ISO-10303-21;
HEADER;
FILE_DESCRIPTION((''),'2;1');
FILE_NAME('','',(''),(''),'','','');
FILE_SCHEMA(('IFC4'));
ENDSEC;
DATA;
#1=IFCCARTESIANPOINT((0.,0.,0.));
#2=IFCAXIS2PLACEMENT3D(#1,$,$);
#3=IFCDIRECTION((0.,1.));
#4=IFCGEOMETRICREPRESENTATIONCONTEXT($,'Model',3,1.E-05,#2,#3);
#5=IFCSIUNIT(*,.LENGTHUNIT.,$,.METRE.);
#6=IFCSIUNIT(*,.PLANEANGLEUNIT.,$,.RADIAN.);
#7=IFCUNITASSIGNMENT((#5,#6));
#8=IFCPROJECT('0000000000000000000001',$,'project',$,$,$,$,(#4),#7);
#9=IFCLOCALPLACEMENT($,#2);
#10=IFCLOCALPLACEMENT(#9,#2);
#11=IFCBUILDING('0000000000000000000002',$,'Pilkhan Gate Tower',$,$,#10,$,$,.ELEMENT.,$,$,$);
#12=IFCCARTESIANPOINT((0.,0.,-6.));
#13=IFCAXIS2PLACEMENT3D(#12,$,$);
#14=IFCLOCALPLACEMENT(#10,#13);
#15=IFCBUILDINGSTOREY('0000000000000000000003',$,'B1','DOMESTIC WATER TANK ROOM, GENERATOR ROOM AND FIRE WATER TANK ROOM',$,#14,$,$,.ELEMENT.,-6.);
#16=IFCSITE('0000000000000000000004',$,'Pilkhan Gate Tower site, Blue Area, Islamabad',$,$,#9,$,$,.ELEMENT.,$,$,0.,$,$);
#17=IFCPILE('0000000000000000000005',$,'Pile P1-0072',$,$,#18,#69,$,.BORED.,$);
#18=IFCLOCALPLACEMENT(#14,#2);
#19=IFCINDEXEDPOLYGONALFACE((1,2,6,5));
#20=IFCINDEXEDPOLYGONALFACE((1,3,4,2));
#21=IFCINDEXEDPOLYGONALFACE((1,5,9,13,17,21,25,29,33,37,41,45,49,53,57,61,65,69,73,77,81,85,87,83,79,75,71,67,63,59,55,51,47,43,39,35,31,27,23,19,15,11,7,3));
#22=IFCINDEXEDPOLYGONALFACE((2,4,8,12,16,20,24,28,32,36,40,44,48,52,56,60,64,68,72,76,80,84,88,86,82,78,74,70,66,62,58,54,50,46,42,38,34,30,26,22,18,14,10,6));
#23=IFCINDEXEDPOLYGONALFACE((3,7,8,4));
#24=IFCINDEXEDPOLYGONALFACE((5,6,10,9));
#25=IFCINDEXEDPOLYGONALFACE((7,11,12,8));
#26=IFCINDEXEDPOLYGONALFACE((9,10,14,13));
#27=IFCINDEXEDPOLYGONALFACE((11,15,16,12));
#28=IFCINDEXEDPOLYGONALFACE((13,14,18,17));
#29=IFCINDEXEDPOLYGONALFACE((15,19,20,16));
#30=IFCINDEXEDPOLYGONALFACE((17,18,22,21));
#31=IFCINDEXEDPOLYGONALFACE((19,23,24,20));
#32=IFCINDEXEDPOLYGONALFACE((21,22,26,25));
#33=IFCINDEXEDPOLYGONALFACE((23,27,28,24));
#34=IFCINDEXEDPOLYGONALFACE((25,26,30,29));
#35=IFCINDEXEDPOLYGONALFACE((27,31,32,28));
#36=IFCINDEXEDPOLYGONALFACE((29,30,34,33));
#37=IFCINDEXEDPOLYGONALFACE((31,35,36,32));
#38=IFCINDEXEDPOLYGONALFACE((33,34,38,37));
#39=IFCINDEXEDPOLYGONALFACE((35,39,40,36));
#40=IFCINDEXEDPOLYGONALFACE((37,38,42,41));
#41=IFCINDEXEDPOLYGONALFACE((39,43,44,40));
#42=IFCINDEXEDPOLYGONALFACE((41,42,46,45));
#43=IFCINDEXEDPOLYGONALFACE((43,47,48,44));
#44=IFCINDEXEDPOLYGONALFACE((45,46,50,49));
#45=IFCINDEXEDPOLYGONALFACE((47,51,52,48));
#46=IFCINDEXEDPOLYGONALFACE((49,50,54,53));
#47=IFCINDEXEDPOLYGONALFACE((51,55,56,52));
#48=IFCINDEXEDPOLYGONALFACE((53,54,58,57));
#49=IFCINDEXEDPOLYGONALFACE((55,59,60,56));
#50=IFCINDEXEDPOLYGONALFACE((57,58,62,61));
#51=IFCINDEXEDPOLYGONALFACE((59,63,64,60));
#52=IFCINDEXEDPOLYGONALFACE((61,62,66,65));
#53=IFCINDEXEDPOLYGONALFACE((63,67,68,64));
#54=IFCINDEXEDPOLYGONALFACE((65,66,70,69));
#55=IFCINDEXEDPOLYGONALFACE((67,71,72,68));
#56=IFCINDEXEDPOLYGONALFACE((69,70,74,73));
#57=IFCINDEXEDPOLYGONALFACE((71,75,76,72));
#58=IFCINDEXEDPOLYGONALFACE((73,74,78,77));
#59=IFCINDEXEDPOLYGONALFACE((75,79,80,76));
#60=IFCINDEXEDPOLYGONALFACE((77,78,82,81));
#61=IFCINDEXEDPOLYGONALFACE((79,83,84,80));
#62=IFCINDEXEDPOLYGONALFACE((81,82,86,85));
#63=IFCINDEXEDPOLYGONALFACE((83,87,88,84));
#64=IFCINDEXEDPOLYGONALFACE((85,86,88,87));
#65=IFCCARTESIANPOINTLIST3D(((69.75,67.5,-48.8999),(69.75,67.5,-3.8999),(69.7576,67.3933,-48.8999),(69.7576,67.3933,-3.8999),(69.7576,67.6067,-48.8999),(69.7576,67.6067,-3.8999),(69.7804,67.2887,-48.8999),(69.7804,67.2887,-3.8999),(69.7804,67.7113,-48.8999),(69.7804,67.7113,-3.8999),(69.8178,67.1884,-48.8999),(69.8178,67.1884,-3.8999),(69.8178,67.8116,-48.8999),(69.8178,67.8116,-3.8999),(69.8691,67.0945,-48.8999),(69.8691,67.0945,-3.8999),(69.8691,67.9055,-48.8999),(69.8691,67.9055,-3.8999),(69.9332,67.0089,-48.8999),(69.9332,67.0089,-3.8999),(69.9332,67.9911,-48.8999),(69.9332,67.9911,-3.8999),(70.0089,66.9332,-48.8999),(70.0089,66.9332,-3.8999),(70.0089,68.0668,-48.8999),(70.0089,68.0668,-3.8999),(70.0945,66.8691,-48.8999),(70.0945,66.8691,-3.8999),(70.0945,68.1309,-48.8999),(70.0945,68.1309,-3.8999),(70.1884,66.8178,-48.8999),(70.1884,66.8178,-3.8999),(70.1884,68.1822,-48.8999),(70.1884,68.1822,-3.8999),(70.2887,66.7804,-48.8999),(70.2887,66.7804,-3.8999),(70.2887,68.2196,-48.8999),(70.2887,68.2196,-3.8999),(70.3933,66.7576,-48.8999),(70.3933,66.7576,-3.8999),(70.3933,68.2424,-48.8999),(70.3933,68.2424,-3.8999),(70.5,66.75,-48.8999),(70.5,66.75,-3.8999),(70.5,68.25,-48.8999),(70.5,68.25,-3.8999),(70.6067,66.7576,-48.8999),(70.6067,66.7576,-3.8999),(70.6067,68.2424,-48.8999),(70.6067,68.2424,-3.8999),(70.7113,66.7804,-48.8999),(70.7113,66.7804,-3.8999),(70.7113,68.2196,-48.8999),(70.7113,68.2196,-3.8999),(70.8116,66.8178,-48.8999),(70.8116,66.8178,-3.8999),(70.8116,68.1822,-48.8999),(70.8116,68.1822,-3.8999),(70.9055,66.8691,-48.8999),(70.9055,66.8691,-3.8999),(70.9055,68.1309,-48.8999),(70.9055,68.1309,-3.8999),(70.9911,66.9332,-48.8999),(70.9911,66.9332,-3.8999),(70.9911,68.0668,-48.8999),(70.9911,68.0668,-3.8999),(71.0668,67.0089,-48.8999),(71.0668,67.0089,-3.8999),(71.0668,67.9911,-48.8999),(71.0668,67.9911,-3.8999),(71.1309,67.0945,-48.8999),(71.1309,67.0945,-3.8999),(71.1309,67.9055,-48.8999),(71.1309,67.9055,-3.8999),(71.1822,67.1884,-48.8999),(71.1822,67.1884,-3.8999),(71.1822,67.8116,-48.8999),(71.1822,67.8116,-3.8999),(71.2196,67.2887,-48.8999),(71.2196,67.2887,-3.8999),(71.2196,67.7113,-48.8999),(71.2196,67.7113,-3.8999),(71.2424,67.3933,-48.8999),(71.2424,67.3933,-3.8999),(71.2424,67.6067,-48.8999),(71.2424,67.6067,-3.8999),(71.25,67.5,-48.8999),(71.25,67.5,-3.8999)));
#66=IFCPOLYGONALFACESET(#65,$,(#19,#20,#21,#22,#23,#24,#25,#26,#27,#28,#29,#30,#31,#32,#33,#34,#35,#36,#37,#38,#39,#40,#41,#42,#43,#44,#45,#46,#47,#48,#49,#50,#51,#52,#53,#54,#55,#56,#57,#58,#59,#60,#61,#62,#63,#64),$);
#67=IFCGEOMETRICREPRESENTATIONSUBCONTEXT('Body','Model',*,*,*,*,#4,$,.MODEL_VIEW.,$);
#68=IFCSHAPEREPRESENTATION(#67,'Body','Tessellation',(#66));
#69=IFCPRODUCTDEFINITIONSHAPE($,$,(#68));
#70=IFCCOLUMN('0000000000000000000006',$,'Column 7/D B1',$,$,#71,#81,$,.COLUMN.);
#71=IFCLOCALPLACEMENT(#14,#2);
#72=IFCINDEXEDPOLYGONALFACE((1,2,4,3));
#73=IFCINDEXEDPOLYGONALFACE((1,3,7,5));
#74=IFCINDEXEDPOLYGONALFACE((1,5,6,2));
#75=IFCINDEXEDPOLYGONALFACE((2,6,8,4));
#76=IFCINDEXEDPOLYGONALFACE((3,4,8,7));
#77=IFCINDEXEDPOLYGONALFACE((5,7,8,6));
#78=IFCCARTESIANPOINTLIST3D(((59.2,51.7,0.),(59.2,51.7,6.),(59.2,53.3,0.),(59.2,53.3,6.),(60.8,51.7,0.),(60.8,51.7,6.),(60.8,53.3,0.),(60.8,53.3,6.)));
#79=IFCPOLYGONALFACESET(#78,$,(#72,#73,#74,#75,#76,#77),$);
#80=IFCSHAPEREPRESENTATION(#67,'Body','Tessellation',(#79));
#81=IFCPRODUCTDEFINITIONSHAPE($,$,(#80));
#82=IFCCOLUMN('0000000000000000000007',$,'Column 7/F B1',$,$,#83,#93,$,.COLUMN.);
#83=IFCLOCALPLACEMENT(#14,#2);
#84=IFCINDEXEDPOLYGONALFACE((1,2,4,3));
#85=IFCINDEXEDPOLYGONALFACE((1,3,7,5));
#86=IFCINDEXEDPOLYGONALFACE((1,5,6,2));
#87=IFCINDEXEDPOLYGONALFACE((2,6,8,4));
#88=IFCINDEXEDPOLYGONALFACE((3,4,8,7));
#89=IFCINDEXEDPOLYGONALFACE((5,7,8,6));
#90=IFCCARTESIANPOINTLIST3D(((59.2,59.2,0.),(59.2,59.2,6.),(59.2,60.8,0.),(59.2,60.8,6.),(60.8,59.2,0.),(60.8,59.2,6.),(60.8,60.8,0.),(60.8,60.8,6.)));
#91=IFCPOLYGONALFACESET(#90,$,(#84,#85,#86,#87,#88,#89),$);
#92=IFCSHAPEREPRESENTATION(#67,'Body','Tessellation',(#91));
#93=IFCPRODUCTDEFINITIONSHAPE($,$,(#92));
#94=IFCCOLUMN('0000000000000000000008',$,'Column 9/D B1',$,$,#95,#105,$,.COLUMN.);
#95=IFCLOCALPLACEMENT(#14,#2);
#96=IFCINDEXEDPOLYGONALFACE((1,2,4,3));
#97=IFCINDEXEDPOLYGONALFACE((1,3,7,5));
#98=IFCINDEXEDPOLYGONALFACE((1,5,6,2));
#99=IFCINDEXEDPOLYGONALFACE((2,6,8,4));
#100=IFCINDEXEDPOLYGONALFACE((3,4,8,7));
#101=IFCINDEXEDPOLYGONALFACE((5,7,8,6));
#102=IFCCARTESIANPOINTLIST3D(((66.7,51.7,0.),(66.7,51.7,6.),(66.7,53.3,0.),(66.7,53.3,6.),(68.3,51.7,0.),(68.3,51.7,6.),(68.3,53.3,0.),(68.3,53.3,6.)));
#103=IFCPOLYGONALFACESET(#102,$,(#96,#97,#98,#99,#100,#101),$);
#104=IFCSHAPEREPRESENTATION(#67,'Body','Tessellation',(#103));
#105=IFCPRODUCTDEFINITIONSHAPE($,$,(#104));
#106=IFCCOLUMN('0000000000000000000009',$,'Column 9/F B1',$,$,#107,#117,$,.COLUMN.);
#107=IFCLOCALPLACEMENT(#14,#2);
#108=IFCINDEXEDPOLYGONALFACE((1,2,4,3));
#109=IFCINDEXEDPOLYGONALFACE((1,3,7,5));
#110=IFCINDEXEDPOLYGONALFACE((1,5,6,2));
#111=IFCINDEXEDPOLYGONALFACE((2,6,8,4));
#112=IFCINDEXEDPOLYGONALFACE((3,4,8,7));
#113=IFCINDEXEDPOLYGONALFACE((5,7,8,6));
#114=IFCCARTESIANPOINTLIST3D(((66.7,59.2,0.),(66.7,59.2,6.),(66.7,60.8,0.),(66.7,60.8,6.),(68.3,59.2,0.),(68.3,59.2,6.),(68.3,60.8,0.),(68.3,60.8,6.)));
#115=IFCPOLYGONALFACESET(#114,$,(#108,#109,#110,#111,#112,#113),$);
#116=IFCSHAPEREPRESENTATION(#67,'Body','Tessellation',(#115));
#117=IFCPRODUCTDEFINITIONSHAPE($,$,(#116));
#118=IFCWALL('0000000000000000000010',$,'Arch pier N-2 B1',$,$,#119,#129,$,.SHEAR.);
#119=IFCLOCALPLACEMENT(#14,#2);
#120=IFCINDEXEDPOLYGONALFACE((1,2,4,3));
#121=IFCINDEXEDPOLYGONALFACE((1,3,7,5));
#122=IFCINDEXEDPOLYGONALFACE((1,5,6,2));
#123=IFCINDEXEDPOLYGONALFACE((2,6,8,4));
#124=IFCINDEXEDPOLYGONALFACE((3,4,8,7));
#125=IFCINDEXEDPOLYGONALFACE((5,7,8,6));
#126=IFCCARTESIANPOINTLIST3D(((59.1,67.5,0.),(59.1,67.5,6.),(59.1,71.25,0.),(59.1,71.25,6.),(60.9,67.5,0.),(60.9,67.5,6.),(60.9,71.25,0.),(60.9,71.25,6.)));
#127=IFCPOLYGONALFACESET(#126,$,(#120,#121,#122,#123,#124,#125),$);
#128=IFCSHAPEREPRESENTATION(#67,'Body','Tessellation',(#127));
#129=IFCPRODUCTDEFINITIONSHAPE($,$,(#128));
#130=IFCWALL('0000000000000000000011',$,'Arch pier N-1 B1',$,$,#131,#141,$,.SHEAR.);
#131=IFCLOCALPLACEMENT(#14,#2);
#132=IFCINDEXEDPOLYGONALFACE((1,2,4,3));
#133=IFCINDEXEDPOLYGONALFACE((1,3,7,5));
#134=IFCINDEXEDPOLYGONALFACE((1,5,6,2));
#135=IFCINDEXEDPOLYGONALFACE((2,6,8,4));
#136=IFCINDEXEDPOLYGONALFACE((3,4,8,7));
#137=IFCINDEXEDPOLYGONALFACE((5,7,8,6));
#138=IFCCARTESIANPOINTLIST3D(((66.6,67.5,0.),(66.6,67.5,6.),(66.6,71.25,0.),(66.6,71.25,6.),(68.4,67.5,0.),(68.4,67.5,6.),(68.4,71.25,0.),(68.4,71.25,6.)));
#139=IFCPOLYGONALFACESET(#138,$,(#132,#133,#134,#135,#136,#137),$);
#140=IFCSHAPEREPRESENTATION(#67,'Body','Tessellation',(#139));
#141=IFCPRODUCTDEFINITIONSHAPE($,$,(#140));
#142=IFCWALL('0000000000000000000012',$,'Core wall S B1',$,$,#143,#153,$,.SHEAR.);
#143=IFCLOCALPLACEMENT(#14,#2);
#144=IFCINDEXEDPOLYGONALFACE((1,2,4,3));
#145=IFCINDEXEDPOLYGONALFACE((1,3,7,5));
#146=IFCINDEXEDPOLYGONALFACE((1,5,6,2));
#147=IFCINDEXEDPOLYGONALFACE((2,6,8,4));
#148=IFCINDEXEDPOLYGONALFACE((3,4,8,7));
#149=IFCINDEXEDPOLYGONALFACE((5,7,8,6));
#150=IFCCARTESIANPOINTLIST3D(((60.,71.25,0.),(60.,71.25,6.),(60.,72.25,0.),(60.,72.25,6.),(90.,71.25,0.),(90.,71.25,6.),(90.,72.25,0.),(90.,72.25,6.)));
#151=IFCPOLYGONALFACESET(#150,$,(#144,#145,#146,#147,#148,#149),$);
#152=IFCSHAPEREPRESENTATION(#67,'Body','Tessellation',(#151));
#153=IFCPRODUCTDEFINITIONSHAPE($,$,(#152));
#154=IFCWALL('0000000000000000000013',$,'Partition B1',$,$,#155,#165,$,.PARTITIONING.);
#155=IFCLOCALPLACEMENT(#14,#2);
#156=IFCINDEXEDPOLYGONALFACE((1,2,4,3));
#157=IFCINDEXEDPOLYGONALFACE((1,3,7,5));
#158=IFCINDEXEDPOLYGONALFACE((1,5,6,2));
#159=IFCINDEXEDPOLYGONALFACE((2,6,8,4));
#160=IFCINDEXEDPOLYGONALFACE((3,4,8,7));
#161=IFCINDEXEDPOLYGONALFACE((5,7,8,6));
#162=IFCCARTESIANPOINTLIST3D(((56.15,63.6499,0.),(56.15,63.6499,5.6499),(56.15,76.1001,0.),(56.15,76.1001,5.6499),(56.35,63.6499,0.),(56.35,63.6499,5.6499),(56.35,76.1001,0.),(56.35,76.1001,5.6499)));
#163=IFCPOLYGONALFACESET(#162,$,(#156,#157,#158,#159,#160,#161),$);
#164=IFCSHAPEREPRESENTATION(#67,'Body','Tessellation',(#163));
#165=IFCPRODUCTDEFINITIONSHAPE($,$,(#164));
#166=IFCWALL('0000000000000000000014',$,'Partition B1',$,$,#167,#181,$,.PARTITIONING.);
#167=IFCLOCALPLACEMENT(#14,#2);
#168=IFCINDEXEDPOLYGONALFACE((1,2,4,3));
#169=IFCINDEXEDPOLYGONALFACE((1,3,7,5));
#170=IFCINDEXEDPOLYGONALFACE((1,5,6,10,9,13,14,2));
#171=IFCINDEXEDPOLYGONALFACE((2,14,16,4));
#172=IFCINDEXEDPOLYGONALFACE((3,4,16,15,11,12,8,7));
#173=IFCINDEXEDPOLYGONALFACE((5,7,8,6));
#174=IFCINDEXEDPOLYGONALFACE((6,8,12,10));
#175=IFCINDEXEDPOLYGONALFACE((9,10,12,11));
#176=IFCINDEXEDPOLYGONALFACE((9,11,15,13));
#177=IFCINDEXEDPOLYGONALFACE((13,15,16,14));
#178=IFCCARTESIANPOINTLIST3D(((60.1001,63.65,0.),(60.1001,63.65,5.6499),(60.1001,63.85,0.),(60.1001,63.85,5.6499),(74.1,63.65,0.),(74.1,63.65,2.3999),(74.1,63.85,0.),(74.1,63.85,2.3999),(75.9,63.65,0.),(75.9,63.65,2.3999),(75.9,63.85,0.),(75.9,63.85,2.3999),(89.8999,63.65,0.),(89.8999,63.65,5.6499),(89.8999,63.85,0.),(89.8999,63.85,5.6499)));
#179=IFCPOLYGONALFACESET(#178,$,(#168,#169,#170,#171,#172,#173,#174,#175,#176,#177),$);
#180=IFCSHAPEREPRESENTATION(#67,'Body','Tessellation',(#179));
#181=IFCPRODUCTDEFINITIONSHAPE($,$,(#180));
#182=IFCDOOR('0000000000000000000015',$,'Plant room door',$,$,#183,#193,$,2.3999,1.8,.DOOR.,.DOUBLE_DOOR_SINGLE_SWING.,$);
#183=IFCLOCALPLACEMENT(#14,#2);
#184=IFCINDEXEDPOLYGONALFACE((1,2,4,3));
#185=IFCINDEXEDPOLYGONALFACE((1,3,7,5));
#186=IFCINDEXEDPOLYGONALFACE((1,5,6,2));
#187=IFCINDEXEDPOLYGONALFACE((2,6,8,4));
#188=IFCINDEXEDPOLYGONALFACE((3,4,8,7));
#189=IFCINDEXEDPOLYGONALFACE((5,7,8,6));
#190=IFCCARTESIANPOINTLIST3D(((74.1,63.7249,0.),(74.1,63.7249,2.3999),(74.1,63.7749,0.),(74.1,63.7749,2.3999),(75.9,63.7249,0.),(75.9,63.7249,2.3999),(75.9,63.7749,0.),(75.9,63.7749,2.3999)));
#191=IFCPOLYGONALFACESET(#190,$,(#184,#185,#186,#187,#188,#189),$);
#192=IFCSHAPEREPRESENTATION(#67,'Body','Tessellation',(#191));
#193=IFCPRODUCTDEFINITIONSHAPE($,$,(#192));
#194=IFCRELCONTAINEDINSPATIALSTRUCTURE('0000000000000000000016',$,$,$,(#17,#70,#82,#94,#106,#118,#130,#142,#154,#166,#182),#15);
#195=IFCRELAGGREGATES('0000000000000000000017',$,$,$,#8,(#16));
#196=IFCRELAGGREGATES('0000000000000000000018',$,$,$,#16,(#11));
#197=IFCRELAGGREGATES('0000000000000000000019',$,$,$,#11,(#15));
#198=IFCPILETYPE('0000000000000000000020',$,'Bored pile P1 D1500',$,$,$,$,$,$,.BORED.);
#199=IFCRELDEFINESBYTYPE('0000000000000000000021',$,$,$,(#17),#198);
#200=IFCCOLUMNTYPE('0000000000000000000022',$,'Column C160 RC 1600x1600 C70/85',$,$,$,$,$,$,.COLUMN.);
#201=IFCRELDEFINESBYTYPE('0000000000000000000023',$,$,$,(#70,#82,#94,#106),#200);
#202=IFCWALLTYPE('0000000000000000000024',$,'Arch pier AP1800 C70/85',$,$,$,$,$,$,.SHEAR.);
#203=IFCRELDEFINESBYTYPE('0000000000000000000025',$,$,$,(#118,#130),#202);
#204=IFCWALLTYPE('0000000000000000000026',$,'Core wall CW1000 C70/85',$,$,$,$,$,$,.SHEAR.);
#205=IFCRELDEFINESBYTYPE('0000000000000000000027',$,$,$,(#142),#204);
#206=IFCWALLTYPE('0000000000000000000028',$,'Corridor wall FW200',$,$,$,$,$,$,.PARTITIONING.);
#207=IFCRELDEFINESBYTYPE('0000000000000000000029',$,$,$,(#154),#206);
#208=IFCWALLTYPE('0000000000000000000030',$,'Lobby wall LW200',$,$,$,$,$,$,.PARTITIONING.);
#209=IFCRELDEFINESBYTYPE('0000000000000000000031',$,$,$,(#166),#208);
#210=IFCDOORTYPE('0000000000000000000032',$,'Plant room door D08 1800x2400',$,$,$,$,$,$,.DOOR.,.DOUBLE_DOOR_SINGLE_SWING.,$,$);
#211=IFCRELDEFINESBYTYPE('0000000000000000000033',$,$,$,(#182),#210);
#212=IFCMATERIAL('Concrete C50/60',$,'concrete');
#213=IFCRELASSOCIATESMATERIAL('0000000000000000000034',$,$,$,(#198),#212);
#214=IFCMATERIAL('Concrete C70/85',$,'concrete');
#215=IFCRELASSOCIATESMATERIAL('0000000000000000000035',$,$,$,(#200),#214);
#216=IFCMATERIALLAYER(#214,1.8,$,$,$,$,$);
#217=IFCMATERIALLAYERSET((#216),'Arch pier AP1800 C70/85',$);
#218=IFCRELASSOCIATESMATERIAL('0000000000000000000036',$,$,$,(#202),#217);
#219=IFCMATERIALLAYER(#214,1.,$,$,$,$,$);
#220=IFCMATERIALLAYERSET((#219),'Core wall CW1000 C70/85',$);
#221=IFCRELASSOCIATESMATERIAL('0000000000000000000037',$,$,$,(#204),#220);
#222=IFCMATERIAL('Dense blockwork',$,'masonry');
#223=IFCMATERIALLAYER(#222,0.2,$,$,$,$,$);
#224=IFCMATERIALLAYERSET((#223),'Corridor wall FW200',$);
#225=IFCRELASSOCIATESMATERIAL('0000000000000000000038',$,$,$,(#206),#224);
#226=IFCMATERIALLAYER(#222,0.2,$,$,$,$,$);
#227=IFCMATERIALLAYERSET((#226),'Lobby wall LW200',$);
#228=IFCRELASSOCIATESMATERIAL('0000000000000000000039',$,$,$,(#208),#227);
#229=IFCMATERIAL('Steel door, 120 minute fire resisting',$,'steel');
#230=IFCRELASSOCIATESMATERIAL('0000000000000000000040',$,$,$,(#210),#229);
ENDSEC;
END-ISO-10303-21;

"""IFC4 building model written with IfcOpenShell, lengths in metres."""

from ifc_helpers import new_model, si_unit, direction, frame, frame_2d, origin, origin_2d, place, context, subcontext, project, spatial, rectangle, circle, extrude, material, layer, layer_set, material_profile, profile_set, type_object, element, fill, save


model = new_model("IFC4")

# Units and contexts
model_context = context("Model", 3, precision=1e-05, world=origin(), true_north=direction((0.0, 1.0)))
body_context = subcontext(model_context, "Body", "Model", "MODEL_VIEW")
ifc_project = project(units=[si_unit("LENGTHUNIT", "METRE"), si_unit("PLANEANGLEUNIT", "RADIAN")], contexts=[model_context])

# Site, building, storey
site_placement = place(None, origin())
site = spatial("IfcSite", under=ifc_project, at=site_placement, Name="Pilkhan Gate Tower site, Blue Area, Islamabad", CompositionType="ELEMENT", RefElevation=0.0)
building_placement = place(site_placement, origin())
building = spatial("IfcBuilding", under=site, at=building_placement, Name="Pilkhan Gate Tower", CompositionType="ELEMENT")
storey_placement = place(building_placement, frame((0.0, 0.0, -6.0)))
storey = spatial("IfcBuildingStorey", under=building, at=storey_placement, Name="B1", Description="DOMESTIC WATER TANK ROOM, GENERATOR ROOM AND FIRE WATER TANK ROOM", CompositionType="ELEMENT", Elevation=-6.0)

# Pile
ifc_material_1 = material(Name="Concrete C50/60", Category="concrete")
ifc_material_profile_1 = material_profile(ifc_material_1, circle(Radius=0.75, at=origin_2d()), Name="Bored pile 1500 dia")
ifc_profile_set_1 = profile_set([ifc_material_profile_1], Name="Concrete C50/60")
pile_type = type_object("IfcPileType", Name="Bored pile P1 D1500", PredefinedType="BORED", material=ifc_profile_set_1)
for number, where, z_axis, x_axis, name in (
    (1, (70.5, 67.5, -3.8999), (0.0, 0.0, -1.0), (1.0, 0.0, 0.0), "Pile P1-0072"),
):
    element("IfcPile", number, at=place(storey_placement, frame(where, z_axis=z_axis, x_axis=x_axis)), inside=storey, type_object=pile_type, Name=name, PredefinedType="BORED", context=body_context, shape_type="SweptSolid", body=[
        extrude(circle(Radius=0.75, at=origin_2d()), origin(), (0.0, 0.0, 1.0), 45.0),
    ])

# Columns
ifc_material_2 = material(Name="Concrete C70/85", Category="concrete")
ifc_material_profile_2 = material_profile(ifc_material_2, rectangle(XDim=1.6001, YDim=1.6001, at=origin_2d()), Name="RC 1600x1600")
ifc_profile_set_2 = profile_set([ifc_material_profile_2], Name="Concrete C70/85")
column_type = type_object("IfcColumnType", Name="Column C160 RC 1600x1600 C70/85", PredefinedType="COLUMN", material=ifc_profile_set_2)
for number, where, z_axis, x_axis, name in (
    (2, (60.0, 52.5, 0.0), (0.0, 0.0, 1.0), (1.0, 0.0, 0.0), "Column 7/D B1"),
    (3, (60.0, 60.0, 0.0), (0.0, 0.0, 1.0), (1.0, 0.0, 0.0), "Column 7/F B1"),
    (4, (67.5, 52.5, 0.0), (0.0, 0.0, 1.0), (1.0, 0.0, 0.0), "Column 9/D B1"),
    (5, (67.5, 60.0, 0.0), (0.0, 0.0, 1.0), (1.0, 0.0, 0.0), "Column 9/F B1"),
):
    element("IfcColumn", number, at=place(storey_placement, frame(where, z_axis=z_axis, x_axis=x_axis)), inside=storey, type_object=column_type, Name=name, PredefinedType="COLUMN", context=body_context, shape_type="SweptSolid", body=[
        extrude(rectangle(XDim=1.6001, YDim=1.6001, at=origin_2d()), origin(), (0.0, 0.0, 1.0), 6.0),
    ])

# Walls
ifc_layer_1 = layer(ifc_material_2, 1.8)
ifc_layer_set_1 = layer_set([ifc_layer_1], Name="Arch pier AP1800 C70/85")
wall_type_1 = type_object("IfcWallType", Name="Arch pier AP1800 C70/85", PredefinedType="SHEAR", material=ifc_layer_set_1)
for number, where, z_axis, x_axis, name in (
    (6, (60.0, 67.5, 0.0), (0.0, 0.0, 1.0), (0.0, 1.0, 0.0), "Arch pier N-2 B1"),
    (7, (67.5, 67.5, 0.0), (0.0, 0.0, 1.0), (0.0, 1.0, 0.0), "Arch pier N-1 B1"),
):
    element("IfcWall", number, at=place(storey_placement, frame(where, z_axis=z_axis, x_axis=x_axis)), inside=storey, type_object=wall_type_1, Name=name, PredefinedType="SHEAR", context=body_context, shape_type="SweptSolid", body=[
        extrude(rectangle(XDim=3.75, YDim=1.8, at=frame_2d((1.875, 0.0))), origin(), (0.0, 0.0, 1.0), 6.0),
    ])
ifc_layer_2 = layer(ifc_material_2, 1.0)
ifc_layer_set_2 = layer_set([ifc_layer_2], Name="Core wall CW1000 C70/85")
wall_type_2 = type_object("IfcWallType", Name="Core wall CW1000 C70/85", PredefinedType="SHEAR", material=ifc_layer_set_2)
wall_1_placement = place(storey_placement, frame((60.0, 71.75, 0.0), z_axis=(0.0, 0.0, 1.0), x_axis=(1.0, 0.0, 0.0)))
element("IfcWall", 8, at=wall_1_placement, inside=storey, type_object=wall_type_2, Name="Core wall S B1", PredefinedType="SHEAR", context=body_context, shape_type="SweptSolid", body=[
    extrude(rectangle(XDim=30.0, YDim=1.0, at=frame_2d((15.0, 0.0))), origin(), (0.0, 0.0, 1.0), 6.0),
])
ifc_material_3 = material(Name="Dense blockwork", Category="masonry")
ifc_layer_3 = layer(ifc_material_3, 0.2)
ifc_layer_set_3 = layer_set([ifc_layer_3], Name="Corridor wall FW200")
wall_type_3 = type_object("IfcWallType", Name="Corridor wall FW200", PredefinedType="PARTITIONING", material=ifc_layer_set_3)
wall_2_placement = place(storey_placement, frame((56.25, 63.6499, 0.0), z_axis=(0.0, 0.0, 1.0), x_axis=(0.0, 1.0, 0.0)))
element("IfcWall", 9, at=wall_2_placement, inside=storey, type_object=wall_type_3, Name="Partition B1", PredefinedType="PARTITIONING", context=body_context, shape_type="SweptSolid", body=[
    extrude(rectangle(XDim=12.4502, YDim=0.2, at=frame_2d((6.2251, 0.0))), origin(), (0.0, 0.0, 1.0), 5.6499),
])

# Wall, opening, door
ifc_layer_4 = layer(ifc_material_3, 0.2)
ifc_layer_set_4 = layer_set([ifc_layer_4], Name="Lobby wall LW200")
wall_type_4 = type_object("IfcWallType", Name="Lobby wall LW200", PredefinedType="PARTITIONING", material=ifc_layer_set_4)
wall_3_placement = place(storey_placement, frame((60.1001, 63.75, 0.0), z_axis=(0.0, 0.0, 1.0), x_axis=(1.0, 0.0, 0.0)))
wall_3 = element("IfcWall", 10, at=wall_3_placement, inside=storey, type_object=wall_type_4, Name="Partition B1", PredefinedType="PARTITIONING", context=body_context, shape_type="SweptSolid", body=[
    extrude(rectangle(XDim=29.7998, YDim=0.2, at=frame_2d((14.8999, 0.0))), origin(), (0.0, 0.0, 1.0), 5.6499),
])
opening_placement = place(wall_3_placement, frame((14.0, 0.0, 0.0)))
opening = element("IfcOpeningElement", 11, at=opening_placement, cuts=wall_3, PredefinedType="OPENING", context=body_context, shape_type="SweptSolid", body=[
    extrude(rectangle(XDim=1.8, YDim=2.3999, at=frame_2d((0.8999, 1.2))), frame((0.0, 0.1099, 0.0), z_axis=(0.0, -1.0, 0.0), x_axis=(1.0, 0.0, 0.0)), (0.0, 0.0, 1.0), 0.22),
])
ifc_material_4 = material(Name="Steel door, 120 minute fire resisting", Category="steel")
door_type = type_object("IfcDoorType", Name="Plant room door D08 1800x2400", OperationType="DOUBLE_DOOR_SINGLE_SWING", PredefinedType="DOOR", material=ifc_material_4)
door_placement = place(opening_placement, origin())
door = element("IfcDoor", 12, at=door_placement, inside=storey, type_object=door_type, Name="Plant room door", OperationType="DOUBLE_DOOR_SINGLE_SWING", OverallHeight=2.3999, OverallWidth=1.8, PredefinedType="DOOR", context=body_context, shape_type="SweptSolid", body=[
    extrude(rectangle(XDim=1.8, YDim=2.3999, at=frame_2d((0.8999, 1.2))), frame((0.0, 0.0249, 0.0), z_axis=(0.0, -1.0, 0.0), x_axis=(1.0, 0.0, 0.0)), (0.0, 0.0, 1.0), 0.05),
])
fill(opening, door)

save(model, "model.ifc")
